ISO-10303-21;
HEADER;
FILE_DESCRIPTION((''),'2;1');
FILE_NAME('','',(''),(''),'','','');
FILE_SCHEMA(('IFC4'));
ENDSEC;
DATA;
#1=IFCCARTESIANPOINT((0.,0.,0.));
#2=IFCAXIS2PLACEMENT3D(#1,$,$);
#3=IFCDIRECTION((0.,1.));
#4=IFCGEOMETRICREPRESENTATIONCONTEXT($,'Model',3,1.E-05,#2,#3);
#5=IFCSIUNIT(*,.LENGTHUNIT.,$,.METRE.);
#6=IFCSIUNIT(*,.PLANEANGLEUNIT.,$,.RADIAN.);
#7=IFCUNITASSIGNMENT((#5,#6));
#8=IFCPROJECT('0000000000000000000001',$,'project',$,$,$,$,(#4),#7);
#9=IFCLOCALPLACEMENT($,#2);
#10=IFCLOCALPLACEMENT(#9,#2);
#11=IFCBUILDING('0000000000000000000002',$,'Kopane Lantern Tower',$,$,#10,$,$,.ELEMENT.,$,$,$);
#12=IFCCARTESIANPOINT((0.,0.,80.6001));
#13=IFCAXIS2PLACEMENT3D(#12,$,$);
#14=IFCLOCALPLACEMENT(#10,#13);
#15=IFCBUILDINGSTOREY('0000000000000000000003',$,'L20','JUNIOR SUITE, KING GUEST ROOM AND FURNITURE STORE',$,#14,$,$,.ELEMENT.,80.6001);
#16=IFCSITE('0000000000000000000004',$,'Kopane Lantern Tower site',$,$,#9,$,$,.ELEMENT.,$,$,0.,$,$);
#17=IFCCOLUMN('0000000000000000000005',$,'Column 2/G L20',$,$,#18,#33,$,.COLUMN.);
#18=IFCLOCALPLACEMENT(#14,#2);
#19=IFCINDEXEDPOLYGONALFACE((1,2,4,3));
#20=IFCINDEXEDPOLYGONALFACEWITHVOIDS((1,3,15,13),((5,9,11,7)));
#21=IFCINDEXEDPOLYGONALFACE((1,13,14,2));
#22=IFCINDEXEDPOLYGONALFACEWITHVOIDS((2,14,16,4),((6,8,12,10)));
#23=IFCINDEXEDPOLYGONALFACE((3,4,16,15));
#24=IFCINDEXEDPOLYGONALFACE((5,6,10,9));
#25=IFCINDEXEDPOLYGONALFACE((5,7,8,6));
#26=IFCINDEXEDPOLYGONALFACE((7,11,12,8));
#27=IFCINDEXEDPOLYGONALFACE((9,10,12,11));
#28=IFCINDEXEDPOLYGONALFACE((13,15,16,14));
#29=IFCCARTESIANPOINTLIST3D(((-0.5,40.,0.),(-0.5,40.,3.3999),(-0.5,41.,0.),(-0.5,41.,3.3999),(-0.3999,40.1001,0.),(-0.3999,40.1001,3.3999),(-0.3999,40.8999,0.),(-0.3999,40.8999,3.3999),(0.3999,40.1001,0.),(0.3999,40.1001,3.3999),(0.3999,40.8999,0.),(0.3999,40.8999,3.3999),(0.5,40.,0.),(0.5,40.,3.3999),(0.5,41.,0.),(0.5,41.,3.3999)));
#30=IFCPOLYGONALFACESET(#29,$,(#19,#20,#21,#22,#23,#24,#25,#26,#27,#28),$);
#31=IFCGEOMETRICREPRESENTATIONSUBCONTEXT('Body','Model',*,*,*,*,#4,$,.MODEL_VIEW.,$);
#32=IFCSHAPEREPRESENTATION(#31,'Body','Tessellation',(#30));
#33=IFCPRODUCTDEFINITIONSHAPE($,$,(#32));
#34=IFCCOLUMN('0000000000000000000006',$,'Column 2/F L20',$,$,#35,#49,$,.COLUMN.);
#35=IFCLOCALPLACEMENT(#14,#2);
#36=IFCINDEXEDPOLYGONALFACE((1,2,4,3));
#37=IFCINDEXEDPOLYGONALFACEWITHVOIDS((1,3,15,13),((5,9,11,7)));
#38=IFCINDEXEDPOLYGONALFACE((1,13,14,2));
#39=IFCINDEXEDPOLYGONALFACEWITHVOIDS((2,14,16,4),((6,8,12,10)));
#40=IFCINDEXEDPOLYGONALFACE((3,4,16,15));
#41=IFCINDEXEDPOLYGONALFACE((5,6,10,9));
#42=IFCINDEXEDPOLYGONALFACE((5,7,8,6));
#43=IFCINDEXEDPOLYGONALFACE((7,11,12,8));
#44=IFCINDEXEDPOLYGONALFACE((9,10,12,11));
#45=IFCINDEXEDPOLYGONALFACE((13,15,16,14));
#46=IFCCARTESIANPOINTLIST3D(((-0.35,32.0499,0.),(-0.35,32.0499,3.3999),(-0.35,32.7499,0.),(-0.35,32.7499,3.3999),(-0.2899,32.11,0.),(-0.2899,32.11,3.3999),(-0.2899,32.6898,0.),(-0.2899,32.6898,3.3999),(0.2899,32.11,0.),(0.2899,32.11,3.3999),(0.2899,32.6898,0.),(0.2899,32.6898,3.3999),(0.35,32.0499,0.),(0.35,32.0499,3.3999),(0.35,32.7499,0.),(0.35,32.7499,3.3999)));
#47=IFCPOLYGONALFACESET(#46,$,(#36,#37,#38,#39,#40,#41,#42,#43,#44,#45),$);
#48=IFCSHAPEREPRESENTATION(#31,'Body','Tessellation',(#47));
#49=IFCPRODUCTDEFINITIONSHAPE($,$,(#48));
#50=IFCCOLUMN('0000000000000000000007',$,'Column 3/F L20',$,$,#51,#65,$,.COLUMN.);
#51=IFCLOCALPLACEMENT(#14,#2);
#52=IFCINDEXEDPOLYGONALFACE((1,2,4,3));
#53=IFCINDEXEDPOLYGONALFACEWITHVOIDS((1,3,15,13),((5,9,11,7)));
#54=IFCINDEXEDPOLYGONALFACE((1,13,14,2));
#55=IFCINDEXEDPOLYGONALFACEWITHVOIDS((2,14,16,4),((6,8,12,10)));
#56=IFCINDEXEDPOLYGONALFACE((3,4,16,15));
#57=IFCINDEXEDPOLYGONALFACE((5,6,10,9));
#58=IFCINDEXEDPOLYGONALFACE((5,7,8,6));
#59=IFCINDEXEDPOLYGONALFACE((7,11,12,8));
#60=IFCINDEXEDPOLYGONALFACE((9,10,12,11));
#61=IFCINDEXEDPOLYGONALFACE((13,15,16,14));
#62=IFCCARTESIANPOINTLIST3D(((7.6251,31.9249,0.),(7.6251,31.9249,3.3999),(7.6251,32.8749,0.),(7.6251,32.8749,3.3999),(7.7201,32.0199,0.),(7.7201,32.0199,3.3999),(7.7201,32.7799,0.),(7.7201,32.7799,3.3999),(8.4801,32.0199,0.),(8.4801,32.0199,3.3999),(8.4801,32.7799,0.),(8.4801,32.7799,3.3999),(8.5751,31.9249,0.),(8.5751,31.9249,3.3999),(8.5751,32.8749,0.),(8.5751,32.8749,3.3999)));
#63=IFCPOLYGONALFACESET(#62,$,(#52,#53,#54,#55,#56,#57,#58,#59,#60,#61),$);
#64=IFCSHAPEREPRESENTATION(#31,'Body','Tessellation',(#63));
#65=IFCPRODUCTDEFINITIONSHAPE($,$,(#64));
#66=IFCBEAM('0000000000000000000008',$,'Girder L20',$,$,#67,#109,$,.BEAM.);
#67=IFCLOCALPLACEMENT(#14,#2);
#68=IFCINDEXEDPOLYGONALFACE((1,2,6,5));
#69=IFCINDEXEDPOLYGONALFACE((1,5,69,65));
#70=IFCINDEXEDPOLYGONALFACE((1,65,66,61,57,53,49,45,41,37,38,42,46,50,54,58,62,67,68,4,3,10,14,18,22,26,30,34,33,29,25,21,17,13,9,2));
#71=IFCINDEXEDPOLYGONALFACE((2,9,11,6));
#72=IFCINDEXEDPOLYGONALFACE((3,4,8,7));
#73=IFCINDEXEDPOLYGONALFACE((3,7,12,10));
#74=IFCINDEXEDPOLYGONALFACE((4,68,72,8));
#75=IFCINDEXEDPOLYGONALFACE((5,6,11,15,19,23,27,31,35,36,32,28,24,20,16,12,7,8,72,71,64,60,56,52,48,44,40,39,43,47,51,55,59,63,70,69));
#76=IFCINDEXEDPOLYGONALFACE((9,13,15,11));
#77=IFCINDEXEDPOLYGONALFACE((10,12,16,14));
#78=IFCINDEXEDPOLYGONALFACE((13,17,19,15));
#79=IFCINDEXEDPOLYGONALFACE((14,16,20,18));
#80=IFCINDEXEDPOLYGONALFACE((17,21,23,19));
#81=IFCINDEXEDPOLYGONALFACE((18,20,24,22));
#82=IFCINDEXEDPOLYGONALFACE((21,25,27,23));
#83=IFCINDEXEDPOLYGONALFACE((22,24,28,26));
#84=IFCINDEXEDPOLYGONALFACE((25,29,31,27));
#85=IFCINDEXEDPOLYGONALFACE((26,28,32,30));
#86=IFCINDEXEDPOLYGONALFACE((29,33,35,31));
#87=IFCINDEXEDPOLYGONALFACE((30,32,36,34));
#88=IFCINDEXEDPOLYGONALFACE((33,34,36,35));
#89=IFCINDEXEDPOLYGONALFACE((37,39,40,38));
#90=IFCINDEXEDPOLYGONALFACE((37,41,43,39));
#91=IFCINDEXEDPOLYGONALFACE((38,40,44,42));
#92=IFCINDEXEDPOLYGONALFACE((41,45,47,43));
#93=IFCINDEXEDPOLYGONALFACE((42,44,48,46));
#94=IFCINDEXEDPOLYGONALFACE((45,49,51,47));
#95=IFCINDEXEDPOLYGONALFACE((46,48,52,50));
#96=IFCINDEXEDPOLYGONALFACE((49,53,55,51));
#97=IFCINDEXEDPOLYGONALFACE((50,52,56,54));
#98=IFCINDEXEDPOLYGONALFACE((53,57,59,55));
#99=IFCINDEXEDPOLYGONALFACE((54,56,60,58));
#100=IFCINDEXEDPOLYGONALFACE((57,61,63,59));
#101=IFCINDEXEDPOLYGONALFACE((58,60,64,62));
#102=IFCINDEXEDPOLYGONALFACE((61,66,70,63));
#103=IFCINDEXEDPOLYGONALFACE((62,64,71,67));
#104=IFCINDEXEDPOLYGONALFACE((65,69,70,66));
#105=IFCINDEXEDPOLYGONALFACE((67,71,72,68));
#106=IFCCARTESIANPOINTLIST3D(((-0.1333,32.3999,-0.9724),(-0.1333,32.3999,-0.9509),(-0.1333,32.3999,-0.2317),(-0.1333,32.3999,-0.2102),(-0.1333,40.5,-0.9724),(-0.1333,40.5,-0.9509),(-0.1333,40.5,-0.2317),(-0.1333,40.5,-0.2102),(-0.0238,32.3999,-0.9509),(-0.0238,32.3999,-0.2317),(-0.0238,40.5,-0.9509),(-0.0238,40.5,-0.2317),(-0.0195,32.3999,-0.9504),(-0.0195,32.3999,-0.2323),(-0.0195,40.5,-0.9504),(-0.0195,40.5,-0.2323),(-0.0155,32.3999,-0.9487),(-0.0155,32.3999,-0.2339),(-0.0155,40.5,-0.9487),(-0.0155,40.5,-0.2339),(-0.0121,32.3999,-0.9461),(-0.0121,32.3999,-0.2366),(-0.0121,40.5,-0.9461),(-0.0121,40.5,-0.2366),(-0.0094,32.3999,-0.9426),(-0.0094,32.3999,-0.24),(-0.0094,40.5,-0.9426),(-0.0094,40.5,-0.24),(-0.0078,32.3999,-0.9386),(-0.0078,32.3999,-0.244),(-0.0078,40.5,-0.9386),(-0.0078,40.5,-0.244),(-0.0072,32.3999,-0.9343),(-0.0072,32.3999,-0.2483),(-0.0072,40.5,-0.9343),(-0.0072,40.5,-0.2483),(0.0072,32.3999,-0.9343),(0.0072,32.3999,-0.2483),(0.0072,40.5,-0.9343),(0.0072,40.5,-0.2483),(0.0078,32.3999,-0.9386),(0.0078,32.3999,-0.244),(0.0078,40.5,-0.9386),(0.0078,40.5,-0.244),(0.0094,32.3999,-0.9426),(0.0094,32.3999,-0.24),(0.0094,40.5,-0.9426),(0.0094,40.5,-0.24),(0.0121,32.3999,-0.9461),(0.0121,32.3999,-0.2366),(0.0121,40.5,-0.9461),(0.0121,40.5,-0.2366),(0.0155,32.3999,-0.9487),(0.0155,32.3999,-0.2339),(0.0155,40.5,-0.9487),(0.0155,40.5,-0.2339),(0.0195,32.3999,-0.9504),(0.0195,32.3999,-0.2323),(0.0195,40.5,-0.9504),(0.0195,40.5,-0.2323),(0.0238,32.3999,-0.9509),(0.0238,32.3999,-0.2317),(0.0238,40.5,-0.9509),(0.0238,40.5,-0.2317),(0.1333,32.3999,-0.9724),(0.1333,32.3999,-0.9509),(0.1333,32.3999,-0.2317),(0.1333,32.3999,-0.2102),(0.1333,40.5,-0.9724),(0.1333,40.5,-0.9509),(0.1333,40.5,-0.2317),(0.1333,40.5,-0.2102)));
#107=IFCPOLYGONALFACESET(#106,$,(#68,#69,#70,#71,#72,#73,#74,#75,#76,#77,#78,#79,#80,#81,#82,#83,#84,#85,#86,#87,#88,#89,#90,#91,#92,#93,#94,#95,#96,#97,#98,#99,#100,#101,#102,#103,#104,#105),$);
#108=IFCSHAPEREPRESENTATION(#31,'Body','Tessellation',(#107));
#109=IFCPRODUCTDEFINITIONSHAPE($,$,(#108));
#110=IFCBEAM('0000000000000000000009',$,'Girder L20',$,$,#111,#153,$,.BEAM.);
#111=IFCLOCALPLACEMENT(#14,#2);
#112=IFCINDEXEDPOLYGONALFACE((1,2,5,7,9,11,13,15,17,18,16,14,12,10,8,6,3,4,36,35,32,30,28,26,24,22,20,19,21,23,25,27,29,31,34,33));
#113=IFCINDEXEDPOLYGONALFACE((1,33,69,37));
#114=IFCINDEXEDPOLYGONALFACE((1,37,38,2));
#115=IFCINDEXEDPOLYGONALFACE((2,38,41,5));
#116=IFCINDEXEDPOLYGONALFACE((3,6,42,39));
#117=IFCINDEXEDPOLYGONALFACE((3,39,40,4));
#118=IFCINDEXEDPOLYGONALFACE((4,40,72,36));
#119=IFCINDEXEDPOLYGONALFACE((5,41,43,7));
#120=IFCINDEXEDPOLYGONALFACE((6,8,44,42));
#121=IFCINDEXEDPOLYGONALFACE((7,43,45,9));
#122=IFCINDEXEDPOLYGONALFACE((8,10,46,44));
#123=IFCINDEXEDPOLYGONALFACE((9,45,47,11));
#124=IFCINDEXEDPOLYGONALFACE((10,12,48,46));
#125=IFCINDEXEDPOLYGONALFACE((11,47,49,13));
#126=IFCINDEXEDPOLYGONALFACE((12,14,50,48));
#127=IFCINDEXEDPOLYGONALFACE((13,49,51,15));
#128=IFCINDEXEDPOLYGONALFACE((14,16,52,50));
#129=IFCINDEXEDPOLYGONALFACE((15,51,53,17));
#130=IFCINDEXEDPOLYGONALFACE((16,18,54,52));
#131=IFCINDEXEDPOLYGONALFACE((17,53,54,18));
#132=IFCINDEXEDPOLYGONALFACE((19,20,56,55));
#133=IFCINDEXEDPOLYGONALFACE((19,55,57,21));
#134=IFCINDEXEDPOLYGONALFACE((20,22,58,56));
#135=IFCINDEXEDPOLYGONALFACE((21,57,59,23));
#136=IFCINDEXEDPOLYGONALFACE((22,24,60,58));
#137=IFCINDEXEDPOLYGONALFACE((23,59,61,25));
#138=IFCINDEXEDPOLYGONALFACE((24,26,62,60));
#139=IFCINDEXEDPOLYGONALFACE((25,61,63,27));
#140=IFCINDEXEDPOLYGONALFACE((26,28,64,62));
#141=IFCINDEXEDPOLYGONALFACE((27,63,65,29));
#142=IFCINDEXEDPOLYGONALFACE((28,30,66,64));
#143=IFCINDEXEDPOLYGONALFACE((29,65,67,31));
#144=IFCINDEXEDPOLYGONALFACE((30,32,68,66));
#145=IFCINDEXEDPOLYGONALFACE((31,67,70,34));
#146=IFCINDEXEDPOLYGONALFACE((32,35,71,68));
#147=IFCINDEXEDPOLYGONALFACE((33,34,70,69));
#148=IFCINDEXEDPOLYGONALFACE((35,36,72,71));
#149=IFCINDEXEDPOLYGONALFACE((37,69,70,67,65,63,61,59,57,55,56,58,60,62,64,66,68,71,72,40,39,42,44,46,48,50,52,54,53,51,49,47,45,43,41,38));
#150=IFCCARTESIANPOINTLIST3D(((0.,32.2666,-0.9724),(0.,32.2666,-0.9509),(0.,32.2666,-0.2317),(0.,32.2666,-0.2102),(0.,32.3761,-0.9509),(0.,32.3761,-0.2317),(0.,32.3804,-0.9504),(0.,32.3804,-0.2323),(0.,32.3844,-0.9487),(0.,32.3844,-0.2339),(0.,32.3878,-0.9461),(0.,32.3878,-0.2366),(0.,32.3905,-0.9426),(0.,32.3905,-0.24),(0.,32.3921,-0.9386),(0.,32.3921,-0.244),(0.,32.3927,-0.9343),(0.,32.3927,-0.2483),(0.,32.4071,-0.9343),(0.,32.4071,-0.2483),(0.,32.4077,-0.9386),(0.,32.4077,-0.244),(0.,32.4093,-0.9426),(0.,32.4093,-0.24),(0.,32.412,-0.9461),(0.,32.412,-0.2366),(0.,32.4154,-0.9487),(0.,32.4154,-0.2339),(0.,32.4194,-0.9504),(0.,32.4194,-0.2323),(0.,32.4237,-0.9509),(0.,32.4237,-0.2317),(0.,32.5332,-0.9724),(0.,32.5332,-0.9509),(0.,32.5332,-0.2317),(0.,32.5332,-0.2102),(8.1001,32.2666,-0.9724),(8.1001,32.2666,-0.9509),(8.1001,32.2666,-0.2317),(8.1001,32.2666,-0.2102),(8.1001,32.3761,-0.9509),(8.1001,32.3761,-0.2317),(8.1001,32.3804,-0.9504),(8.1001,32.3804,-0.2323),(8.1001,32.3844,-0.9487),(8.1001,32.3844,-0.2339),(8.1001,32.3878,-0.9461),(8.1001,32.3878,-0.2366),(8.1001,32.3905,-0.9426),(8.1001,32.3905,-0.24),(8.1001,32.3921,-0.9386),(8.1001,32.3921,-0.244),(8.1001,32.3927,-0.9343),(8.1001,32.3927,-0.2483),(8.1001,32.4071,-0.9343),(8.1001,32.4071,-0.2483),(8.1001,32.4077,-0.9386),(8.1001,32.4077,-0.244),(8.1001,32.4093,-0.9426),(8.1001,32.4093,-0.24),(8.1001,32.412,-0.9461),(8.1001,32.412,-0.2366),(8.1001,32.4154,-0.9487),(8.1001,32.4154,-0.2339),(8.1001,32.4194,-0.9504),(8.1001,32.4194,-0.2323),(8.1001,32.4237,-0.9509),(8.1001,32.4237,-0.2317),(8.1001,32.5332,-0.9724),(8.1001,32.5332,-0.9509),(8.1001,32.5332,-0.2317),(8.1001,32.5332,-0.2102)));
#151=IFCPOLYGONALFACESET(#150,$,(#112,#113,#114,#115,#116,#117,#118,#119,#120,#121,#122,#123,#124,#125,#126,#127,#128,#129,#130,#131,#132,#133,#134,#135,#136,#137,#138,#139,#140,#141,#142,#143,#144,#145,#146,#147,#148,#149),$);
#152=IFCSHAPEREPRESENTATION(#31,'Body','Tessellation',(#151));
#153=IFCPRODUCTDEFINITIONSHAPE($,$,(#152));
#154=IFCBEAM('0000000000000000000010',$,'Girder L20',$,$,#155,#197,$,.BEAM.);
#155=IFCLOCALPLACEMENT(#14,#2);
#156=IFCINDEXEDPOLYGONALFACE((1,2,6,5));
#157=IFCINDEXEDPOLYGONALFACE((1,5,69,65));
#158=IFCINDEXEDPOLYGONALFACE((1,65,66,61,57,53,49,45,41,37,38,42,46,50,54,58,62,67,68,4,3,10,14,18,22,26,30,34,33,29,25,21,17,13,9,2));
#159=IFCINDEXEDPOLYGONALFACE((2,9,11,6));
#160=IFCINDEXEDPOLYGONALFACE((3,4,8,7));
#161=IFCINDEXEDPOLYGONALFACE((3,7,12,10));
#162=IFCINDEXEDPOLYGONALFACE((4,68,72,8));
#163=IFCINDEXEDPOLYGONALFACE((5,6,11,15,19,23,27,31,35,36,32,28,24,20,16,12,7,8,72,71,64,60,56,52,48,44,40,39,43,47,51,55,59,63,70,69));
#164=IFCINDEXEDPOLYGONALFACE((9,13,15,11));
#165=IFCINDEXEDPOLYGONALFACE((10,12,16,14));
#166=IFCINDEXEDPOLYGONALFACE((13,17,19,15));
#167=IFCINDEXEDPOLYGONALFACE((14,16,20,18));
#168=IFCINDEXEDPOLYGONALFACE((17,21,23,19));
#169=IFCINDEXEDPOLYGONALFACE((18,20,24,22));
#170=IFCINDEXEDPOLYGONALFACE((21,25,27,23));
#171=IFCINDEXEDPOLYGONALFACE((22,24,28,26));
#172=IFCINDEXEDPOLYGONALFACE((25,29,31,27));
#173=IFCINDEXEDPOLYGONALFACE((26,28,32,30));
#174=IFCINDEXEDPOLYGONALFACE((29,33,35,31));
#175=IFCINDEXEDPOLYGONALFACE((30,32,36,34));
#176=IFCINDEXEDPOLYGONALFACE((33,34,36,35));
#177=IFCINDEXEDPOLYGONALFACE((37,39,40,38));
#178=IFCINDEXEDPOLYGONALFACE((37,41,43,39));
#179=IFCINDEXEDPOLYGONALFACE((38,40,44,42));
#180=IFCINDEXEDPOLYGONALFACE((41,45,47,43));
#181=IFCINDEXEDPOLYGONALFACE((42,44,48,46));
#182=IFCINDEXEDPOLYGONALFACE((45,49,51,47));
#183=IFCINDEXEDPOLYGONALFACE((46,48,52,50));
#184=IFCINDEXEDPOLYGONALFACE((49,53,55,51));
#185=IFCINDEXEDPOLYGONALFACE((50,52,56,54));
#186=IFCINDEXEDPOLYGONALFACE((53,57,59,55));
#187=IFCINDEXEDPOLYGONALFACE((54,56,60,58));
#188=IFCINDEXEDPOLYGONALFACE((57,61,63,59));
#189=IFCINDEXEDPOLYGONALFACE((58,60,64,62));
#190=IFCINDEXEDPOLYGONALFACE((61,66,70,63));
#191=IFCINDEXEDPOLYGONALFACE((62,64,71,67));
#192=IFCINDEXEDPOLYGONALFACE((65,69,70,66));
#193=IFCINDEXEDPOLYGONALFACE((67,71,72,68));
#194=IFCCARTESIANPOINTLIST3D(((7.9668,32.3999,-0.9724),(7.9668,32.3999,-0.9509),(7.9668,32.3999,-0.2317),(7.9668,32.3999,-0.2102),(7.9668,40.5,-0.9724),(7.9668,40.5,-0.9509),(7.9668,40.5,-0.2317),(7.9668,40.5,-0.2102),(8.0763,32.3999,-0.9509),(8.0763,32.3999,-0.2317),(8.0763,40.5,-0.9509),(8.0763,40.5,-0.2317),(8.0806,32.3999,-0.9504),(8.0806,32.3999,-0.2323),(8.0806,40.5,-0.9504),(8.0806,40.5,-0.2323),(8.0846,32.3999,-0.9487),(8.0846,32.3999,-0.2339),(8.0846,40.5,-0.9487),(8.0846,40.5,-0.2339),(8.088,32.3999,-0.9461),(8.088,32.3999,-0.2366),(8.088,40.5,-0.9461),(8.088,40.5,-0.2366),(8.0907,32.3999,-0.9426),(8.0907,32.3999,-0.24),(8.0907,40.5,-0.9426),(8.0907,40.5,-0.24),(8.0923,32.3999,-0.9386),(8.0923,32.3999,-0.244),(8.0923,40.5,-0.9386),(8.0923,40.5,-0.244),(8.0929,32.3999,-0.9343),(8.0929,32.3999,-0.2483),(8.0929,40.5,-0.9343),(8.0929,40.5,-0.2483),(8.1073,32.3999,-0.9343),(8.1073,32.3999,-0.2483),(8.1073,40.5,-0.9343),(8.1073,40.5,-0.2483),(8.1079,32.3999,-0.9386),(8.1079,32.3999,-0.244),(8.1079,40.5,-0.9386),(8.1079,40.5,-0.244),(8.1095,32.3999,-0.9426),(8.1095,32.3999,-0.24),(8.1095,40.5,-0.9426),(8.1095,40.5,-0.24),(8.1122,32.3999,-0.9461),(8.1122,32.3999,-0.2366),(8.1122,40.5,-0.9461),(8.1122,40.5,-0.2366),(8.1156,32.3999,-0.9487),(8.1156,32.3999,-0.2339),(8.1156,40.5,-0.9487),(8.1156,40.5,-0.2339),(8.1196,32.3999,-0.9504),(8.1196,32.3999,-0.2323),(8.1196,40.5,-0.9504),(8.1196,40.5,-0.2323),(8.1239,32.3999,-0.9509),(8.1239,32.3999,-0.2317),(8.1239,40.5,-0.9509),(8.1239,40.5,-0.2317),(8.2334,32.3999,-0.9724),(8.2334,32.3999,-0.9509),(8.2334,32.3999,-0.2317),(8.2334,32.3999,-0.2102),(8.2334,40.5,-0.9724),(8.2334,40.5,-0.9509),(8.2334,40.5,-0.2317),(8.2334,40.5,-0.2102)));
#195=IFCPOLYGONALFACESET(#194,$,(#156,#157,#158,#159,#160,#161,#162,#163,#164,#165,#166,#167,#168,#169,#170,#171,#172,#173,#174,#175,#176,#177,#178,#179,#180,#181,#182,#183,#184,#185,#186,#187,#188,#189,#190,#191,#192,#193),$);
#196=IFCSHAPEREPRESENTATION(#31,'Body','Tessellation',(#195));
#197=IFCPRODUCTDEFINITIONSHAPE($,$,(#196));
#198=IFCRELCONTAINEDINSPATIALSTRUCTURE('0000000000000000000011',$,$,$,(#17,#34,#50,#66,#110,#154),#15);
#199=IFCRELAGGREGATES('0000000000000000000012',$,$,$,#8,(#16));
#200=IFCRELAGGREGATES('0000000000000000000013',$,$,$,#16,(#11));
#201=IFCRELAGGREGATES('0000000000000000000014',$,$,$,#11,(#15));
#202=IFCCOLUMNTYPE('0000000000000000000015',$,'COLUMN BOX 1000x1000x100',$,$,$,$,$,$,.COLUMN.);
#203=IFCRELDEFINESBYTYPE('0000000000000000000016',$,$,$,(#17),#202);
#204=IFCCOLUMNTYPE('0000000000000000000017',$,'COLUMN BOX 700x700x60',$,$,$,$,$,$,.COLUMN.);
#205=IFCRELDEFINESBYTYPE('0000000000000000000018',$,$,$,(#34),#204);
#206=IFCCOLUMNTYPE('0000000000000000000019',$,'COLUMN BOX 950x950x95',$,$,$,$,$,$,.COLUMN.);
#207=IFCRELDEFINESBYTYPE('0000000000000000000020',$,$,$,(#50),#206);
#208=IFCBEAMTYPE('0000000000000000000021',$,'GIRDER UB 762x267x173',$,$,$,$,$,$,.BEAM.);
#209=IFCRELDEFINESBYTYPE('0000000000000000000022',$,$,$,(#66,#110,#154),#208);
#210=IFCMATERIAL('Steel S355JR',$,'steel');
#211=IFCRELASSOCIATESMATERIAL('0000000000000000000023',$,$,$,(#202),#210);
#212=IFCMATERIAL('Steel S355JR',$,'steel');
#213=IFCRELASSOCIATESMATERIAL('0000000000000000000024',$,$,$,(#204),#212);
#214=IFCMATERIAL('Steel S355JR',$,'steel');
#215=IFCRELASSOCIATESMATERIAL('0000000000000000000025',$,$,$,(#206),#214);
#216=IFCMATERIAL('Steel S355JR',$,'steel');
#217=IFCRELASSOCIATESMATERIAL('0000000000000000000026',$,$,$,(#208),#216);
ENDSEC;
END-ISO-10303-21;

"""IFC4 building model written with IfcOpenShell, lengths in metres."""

from ifc_helpers import new_model, si_unit, direction, frame, origin, origin_2d, place, context, subcontext, project, spatial, hollow_rectangle, i_section, extrude, material, material_profile, profile_set, type_object, element, save


model = new_model("IFC4")

# Units and contexts
model_context = context("Model", 3, precision=1e-05, world=origin(), true_north=direction((0.0, 1.0)))
body_context = subcontext(model_context, "Body", "Model", "MODEL_VIEW")
ifc_project = project(units=[si_unit("LENGTHUNIT", "METRE"), si_unit("PLANEANGLEUNIT", "RADIAN")], contexts=[model_context])

# Site, building, storey
site_placement = place(None, origin())
site = spatial("IfcSite", under=ifc_project, at=site_placement, Name="Kopane Lantern Tower site", CompositionType="ELEMENT", RefElevation=0.0)
building_placement = place(site_placement, origin())
building = spatial("IfcBuilding", under=site, at=building_placement, Name="Kopane Lantern Tower", CompositionType="ELEMENT")
storey_placement = place(building_placement, frame((0.0, 0.0, 80.6001)))
storey = spatial("IfcBuildingStorey", under=building, at=storey_placement, Name="L20", Description="JUNIOR SUITE, KING GUEST ROOM AND FURNITURE STORE", CompositionType="ELEMENT", Elevation=80.6001)

# Columns
ifc_material_1 = material(Name="Steel S355JR", Category="steel")
ifc_material_profile_1 = material_profile(ifc_material_1, hollow_rectangle(XDim=1.0, YDim=1.0, WallThickness=0.1001, at=origin_2d()), Name="BOX 1000x1000x100")
ifc_profile_set_1 = profile_set([ifc_material_profile_1], Name="Steel S355JR")
column_type_1 = type_object("IfcColumnType", Name="COLUMN BOX 1000x1000x100", PredefinedType="COLUMN", material=ifc_profile_set_1)
column_1_placement = place(storey_placement, frame((0.0, 40.5, 0.0), z_axis=(0.0, 0.0, 1.0), x_axis=(1.0, 0.0, 0.0)))
element("IfcColumn", 1, at=column_1_placement, inside=storey, type_object=column_type_1, Name="Column 2/G L20", PredefinedType="COLUMN", context=body_context, shape_type="SweptSolid", body=[
    extrude(hollow_rectangle(XDim=1.0, YDim=1.0, WallThickness=0.1001, at=origin_2d()), origin(), (0.0, 0.0, 1.0), 3.3999),
])
ifc_material_2 = material(Name="Steel S355JR", Category="steel")
ifc_material_profile_2 = material_profile(ifc_material_2, hollow_rectangle(XDim=0.7, YDim=0.7, WallThickness=0.0601, at=origin_2d()), Name="BOX 700x700x60")
ifc_profile_set_2 = profile_set([ifc_material_profile_2], Name="Steel S355JR")
column_type_2 = type_object("IfcColumnType", Name="COLUMN BOX 700x700x60", PredefinedType="COLUMN", material=ifc_profile_set_2)
column_2_placement = place(storey_placement, frame((0.0, 32.3999, 0.0), z_axis=(0.0, 0.0, 1.0), x_axis=(1.0, 0.0, 0.0)))
element("IfcColumn", 2, at=column_2_placement, inside=storey, type_object=column_type_2, Name="Column 2/F L20", PredefinedType="COLUMN", context=body_context, shape_type="SweptSolid", body=[
    extrude(hollow_rectangle(XDim=0.7, YDim=0.7, WallThickness=0.0601, at=origin_2d()), origin(), (0.0, 0.0, 1.0), 3.3999),
])
ifc_material_3 = material(Name="Steel S355JR", Category="steel")
ifc_material_profile_3 = material_profile(ifc_material_3, hollow_rectangle(XDim=0.95, YDim=0.95, WallThickness=0.095, at=origin_2d()), Name="BOX 950x950x95")
ifc_profile_set_3 = profile_set([ifc_material_profile_3], Name="Steel S355JR")
column_type_3 = type_object("IfcColumnType", Name="COLUMN BOX 950x950x95", PredefinedType="COLUMN", material=ifc_profile_set_3)
column_3_placement = place(storey_placement, frame((8.1001, 32.3999, 0.0), z_axis=(0.0, 0.0, 1.0), x_axis=(1.0, 0.0, 0.0)))
element("IfcColumn", 3, at=column_3_placement, inside=storey, type_object=column_type_3, Name="Column 3/F L20", PredefinedType="COLUMN", context=body_context, shape_type="SweptSolid", body=[
    extrude(hollow_rectangle(XDim=0.95, YDim=0.95, WallThickness=0.095, at=origin_2d()), origin(), (0.0, 0.0, 1.0), 3.3999),
])

# Beams
ifc_material_4 = material(Name="Steel S355JR", Category="steel")
ifc_material_profile_4 = material_profile(ifc_material_4, i_section(OverallWidth=0.2666, OverallDepth=0.7622, WebThickness=0.0144, FlangeThickness=0.0215, FilletRadius=0.0166, at=origin_2d()), Name="UB 762x267x173")
ifc_profile_set_4 = profile_set([ifc_material_profile_4], Name="Steel S355JR")
beam_type = type_object("IfcBeamType", Name="GIRDER UB 762x267x173", PredefinedType="BEAM", material=ifc_profile_set_4)
for number, where, z_axis, x_axis, name in (
    (4, (0.0, 32.3999, -0.5913), (0.0, 1.0, 0.0), (-1.0, 0.0, 0.0), "Girder L20"),
    (5, (0.0, 32.3999, -0.5913), (1.0, 0.0, 0.0), (0.0, 1.0, 0.0), "Girder L20"),
    (6, (8.1001, 32.3999, -0.5913), (0.0, 1.0, 0.0), (-1.0, 0.0, 0.0), "Girder L20"),
):
    element("IfcBeam", number, at=place(storey_placement, frame(where, z_axis=z_axis, x_axis=x_axis)), inside=storey, type_object=beam_type, Name=name, PredefinedType="BEAM", context=body_context, shape_type="SweptSolid", body=[
        extrude(i_section(OverallWidth=0.2666, OverallDepth=0.7622, WebThickness=0.0144, FlangeThickness=0.0215, FilletRadius=0.0166, at=origin_2d()), origin(), (0.0, 0.0, 1.0), 8.1001),
    ])

save(model, "model.ifc")
